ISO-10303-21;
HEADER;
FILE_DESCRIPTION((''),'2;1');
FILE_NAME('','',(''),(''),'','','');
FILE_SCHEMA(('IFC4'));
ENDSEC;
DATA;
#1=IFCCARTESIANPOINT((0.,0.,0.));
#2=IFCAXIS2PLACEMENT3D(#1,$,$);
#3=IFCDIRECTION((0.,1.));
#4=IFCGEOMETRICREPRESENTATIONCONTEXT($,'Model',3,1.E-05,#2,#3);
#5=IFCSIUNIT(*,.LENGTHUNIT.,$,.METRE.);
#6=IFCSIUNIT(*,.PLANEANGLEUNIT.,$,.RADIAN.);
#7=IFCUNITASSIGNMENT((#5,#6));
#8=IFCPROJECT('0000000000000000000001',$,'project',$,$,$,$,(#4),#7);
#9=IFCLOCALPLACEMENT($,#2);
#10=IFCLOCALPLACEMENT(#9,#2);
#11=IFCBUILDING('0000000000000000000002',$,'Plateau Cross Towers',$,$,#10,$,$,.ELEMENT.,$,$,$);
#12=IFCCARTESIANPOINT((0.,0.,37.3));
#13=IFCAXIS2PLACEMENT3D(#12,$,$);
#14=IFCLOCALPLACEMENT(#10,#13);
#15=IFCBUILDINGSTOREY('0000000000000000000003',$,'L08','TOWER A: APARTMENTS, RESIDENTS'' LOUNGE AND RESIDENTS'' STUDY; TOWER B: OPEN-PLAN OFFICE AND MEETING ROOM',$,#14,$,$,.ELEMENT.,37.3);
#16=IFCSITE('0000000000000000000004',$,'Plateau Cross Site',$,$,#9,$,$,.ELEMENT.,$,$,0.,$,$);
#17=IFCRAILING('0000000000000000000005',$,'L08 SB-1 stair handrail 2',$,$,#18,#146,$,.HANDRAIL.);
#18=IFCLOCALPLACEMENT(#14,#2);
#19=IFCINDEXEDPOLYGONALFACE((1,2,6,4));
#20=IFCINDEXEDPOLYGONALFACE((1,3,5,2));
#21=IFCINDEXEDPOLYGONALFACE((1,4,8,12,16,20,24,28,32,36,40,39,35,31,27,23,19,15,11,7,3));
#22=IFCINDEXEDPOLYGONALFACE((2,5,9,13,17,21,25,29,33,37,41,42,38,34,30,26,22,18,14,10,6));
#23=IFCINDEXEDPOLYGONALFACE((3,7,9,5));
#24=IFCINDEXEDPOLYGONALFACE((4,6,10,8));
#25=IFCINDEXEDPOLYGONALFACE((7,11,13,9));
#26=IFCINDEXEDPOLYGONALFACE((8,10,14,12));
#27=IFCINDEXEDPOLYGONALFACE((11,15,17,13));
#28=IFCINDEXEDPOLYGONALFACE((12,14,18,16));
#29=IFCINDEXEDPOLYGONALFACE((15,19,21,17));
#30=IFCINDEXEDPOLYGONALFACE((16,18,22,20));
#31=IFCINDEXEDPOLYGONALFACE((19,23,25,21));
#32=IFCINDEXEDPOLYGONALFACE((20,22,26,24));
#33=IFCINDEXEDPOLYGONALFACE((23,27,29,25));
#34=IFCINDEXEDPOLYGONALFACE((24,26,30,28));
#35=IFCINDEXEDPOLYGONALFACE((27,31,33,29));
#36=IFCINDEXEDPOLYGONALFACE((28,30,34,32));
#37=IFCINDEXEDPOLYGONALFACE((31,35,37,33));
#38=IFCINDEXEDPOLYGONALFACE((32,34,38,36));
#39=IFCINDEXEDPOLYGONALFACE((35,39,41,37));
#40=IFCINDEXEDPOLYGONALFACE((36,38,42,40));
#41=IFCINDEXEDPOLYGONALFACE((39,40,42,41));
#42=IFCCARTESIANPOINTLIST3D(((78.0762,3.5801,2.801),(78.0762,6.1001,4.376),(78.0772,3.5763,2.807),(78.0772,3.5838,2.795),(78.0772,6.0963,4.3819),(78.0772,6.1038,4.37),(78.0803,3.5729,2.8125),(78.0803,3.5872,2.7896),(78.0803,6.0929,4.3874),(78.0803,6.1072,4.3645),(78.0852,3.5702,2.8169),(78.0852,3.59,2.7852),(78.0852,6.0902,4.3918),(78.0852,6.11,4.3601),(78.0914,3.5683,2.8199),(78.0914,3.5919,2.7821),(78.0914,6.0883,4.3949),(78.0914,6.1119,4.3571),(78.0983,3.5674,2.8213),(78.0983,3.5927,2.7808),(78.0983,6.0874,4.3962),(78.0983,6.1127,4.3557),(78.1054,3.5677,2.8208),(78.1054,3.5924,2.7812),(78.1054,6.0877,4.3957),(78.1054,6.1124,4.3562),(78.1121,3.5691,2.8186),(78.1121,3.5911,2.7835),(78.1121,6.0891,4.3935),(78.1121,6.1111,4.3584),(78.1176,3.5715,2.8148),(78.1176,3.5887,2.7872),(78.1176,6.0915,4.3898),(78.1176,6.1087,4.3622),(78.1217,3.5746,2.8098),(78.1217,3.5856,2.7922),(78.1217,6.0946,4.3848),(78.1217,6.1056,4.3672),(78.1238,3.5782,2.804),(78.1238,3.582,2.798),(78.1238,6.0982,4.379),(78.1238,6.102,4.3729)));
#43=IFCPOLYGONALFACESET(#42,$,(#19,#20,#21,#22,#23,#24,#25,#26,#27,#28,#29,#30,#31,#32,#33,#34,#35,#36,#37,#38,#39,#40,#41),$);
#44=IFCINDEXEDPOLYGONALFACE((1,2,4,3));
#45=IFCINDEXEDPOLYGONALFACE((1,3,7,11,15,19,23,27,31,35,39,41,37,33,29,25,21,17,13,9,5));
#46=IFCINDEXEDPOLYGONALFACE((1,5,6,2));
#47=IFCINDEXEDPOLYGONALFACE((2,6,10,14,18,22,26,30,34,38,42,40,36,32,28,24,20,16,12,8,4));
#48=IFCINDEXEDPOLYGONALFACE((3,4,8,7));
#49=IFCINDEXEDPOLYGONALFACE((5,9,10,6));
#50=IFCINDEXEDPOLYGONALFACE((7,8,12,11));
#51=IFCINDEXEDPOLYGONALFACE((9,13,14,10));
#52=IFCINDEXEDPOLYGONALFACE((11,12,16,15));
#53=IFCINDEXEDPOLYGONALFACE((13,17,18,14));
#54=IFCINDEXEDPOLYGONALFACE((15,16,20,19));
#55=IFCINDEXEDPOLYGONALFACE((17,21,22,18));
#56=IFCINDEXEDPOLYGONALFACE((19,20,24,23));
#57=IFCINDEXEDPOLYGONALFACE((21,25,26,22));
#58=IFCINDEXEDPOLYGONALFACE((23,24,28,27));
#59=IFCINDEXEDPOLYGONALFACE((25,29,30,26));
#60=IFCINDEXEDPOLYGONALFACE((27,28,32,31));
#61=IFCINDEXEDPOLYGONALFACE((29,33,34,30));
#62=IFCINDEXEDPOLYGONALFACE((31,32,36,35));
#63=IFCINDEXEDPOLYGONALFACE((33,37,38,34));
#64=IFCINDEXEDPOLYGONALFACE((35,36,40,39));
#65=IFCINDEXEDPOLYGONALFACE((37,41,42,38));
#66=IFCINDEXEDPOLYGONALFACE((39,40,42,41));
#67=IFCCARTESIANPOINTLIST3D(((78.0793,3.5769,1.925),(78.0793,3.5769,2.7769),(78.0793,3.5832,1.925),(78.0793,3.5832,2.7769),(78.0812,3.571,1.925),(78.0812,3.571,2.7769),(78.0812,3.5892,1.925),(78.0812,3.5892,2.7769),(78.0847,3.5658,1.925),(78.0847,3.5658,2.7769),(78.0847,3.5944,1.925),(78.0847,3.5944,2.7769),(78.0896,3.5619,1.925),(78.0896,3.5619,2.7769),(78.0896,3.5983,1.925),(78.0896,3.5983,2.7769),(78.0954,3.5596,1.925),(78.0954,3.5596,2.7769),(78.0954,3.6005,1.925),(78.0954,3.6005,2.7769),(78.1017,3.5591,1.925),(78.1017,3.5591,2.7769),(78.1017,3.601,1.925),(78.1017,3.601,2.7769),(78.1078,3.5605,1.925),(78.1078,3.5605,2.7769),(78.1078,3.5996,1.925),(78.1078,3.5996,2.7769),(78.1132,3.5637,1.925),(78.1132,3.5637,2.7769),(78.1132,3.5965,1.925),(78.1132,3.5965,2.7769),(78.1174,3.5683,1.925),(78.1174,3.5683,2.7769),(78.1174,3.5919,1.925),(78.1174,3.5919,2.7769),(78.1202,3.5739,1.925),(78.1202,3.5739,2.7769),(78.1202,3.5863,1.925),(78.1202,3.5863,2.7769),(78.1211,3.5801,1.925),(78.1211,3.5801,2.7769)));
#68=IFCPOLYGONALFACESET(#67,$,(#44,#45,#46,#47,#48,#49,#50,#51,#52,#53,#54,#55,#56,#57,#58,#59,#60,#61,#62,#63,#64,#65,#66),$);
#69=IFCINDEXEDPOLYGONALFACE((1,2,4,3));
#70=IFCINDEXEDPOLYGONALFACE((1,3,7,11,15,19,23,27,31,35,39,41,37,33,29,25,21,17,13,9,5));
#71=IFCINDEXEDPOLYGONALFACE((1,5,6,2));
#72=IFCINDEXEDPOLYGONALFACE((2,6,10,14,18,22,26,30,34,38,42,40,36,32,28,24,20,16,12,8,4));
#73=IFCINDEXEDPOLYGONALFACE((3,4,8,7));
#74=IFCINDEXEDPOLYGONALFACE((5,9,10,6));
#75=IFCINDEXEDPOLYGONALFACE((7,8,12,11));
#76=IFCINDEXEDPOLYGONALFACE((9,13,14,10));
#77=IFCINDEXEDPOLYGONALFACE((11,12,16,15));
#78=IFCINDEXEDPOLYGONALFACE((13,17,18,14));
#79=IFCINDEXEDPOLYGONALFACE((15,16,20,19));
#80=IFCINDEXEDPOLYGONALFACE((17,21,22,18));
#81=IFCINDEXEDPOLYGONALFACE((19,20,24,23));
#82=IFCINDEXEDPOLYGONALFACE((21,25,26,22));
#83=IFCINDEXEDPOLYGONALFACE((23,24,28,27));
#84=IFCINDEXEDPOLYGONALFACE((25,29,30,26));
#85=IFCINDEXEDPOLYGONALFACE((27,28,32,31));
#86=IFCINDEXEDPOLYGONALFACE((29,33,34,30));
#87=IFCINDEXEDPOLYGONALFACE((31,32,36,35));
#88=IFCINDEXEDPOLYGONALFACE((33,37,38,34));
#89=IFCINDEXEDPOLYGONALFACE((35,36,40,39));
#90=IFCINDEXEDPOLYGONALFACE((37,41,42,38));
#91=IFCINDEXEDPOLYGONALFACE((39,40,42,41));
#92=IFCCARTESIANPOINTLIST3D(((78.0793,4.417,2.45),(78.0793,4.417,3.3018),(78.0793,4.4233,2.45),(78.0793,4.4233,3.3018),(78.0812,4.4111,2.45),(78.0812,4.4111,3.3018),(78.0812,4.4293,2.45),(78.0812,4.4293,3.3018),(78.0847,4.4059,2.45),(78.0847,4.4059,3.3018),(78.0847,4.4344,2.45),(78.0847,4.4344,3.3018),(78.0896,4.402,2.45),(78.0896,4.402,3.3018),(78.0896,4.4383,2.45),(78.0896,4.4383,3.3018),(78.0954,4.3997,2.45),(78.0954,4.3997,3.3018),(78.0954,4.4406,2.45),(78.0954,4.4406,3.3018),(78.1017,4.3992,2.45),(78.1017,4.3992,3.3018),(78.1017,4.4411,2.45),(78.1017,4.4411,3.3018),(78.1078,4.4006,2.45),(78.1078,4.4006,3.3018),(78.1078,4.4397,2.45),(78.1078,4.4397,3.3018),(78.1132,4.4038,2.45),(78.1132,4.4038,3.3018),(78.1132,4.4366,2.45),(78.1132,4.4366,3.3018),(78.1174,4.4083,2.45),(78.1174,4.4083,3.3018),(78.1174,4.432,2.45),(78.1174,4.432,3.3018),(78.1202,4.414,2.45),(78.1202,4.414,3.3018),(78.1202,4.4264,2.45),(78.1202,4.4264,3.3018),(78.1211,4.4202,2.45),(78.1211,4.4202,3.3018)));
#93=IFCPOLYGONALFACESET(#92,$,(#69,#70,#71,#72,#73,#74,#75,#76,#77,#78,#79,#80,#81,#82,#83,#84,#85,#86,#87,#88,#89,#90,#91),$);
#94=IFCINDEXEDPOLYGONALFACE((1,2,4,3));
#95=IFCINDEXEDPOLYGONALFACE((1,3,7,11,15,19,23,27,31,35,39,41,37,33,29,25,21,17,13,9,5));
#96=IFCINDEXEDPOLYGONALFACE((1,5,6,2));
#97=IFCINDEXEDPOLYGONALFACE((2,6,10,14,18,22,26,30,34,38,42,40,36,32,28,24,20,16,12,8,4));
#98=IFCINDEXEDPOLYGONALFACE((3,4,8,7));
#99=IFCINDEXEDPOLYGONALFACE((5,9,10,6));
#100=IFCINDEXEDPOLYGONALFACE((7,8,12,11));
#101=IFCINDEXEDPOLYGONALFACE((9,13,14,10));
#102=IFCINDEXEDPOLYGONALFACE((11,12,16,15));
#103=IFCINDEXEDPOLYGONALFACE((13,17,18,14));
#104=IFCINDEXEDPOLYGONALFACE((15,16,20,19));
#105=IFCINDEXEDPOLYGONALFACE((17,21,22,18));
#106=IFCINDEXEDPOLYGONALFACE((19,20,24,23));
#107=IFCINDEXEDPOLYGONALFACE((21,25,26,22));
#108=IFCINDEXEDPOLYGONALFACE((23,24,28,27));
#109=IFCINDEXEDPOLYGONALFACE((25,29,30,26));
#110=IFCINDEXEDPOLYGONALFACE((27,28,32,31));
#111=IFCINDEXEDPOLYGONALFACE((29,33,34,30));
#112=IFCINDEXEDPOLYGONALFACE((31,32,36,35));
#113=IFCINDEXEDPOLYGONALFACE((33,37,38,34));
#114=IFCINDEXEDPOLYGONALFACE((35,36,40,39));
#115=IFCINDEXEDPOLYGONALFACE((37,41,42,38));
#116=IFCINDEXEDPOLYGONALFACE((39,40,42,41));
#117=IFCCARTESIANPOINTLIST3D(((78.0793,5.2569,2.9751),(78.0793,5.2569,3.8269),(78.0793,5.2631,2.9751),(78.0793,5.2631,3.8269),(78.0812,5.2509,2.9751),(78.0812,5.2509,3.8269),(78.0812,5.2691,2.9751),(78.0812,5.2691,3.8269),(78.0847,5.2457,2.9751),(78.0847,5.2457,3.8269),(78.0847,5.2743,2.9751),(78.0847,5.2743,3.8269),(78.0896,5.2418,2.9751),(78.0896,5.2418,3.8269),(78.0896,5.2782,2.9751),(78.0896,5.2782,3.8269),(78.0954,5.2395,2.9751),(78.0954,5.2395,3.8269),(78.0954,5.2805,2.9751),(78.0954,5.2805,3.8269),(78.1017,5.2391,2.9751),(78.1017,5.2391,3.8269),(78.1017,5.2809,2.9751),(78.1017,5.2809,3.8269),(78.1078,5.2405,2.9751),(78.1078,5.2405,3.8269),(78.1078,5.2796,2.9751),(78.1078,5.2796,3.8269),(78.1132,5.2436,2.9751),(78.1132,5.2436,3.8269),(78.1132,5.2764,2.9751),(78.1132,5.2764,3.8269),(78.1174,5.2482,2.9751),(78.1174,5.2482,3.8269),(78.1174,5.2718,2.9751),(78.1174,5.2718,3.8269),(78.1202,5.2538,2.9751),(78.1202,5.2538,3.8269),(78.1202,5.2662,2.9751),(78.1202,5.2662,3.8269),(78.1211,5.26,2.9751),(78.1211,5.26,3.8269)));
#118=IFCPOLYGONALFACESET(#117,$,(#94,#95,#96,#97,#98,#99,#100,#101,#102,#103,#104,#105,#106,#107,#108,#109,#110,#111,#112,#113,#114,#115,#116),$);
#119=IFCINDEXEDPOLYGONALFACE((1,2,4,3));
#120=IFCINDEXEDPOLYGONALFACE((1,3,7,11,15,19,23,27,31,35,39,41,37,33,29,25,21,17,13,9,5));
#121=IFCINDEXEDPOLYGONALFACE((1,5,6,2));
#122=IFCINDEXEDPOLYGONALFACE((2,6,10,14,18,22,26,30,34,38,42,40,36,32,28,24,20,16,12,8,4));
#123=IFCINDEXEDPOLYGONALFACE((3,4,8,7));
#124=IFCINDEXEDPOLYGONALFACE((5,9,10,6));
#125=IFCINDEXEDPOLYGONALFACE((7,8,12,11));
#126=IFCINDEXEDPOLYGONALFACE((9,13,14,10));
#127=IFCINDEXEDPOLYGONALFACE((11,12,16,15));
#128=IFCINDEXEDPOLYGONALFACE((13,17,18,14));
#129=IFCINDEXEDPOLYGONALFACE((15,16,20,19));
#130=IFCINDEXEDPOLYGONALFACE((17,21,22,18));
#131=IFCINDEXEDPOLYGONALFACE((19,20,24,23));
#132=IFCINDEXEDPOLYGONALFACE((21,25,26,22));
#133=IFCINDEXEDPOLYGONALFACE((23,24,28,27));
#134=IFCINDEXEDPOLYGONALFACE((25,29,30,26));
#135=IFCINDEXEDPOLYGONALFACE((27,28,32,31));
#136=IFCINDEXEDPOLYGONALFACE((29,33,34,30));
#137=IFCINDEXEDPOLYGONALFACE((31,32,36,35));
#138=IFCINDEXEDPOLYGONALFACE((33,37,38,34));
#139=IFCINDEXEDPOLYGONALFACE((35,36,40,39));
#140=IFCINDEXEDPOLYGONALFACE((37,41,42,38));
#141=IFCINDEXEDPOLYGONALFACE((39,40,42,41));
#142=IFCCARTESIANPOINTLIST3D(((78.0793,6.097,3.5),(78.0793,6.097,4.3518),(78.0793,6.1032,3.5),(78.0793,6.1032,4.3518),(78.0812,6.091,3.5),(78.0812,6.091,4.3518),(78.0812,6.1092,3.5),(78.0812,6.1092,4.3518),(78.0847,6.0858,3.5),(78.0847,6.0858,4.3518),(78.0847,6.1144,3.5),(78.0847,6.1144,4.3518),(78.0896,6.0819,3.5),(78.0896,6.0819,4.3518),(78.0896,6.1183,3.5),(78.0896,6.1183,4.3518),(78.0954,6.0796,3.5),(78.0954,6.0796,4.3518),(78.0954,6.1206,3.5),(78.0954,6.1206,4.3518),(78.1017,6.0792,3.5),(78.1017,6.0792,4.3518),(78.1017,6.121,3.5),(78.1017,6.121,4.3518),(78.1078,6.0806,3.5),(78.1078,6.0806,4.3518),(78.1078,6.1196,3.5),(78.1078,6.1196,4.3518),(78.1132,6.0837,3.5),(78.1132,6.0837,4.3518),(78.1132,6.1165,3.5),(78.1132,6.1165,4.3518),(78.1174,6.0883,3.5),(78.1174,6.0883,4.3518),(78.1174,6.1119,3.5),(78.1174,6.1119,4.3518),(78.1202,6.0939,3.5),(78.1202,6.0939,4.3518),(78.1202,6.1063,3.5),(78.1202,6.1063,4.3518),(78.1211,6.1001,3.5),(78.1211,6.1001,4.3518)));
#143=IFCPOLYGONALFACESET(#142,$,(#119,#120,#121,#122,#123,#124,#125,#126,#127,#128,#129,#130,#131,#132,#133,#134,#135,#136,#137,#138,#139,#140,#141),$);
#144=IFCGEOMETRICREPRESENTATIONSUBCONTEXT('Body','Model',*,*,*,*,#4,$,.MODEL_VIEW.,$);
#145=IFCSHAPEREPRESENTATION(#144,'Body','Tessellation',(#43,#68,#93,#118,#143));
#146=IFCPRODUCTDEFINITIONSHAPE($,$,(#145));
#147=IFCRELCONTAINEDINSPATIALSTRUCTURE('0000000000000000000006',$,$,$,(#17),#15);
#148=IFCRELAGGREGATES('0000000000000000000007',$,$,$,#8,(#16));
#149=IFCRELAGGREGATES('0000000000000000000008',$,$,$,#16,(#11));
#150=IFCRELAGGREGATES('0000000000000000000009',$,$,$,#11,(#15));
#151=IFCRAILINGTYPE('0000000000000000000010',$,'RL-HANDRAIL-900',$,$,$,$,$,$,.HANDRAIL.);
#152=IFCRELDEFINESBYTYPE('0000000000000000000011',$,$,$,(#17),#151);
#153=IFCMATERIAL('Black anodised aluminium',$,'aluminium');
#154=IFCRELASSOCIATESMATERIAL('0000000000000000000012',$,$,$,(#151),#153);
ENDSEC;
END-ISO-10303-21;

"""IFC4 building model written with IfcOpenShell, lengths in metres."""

from ifc_helpers import new_model, si_unit, direction, frame, origin, origin_2d, place, context, subcontext, project, spatial, circle, extrude, material, type_object, element, save


model = new_model("IFC4")

# Units and contexts
model_context = context("Model", 3, precision=1e-05, world=origin(), true_north=direction((0.0, 1.0)))
body_context = subcontext(model_context, "Body", "Model", "MODEL_VIEW")
ifc_project = project(units=[si_unit("LENGTHUNIT", "METRE"), si_unit("PLANEANGLEUNIT", "RADIAN")], contexts=[model_context])

# Site, building, storey
site_placement = place(None, origin())
site = spatial("IfcSite", under=ifc_project, at=site_placement, Name="Plateau Cross Site", CompositionType="ELEMENT", RefElevation=0.0)
building_placement = place(site_placement, origin())
building = spatial("IfcBuilding", under=site, at=building_placement, Name="Plateau Cross Towers", CompositionType="ELEMENT")
storey_placement = place(building_placement, frame((0.0, 0.0, 37.3)))
storey = spatial("IfcBuildingStorey", under=building, at=storey_placement, Name="L08", Description="TOWER A: APARTMENTS, RESIDENTS' LOUNGE AND RESIDENTS' STUDY; TOWER B: OPEN-PLAN OFFICE AND MEETING ROOM", CompositionType="ELEMENT", Elevation=37.3)

# Shared definitions
ifc_material_1 = material(Name="Black anodised aluminium", Category="aluminium")

# Railing
railing_type_1 = type_object("IfcRailingType", Name="RL-HANDRAIL-900", PredefinedType="HANDRAIL", material=ifc_material_1)
railing_1_placement = place(storey_placement, frame((78.1001, 3.5801, 1.925)))
element("IfcRailing", 1, at=railing_1_placement, inside=storey, type_object=railing_type_1, Name="L08 SB-1 stair handrail 2", PredefinedType="HANDRAIL", context=body_context, shape_type="SweptSolid", body=[
    extrude(circle(Radius=0.0239, at=origin_2d()), frame((0.0, 0.0, 0.876), z_axis=(0.0, 0.848008, 0.529984), x_axis=(-1.0, 0.0, 0.0)), (0.0, 0.0, 1.0), 2.9717),
    extrude(circle(Radius=0.021, at=origin_2d()), origin(), (0.0, 0.0, 1.0), 0.8518),
    extrude(circle(Radius=0.021, at=origin_2d()), frame((0.0, 0.8401, 0.5249)), (0.0, 0.0, 1.0), 0.8518),
    extrude(circle(Radius=0.021, at=origin_2d()), frame((0.0, 1.6799, 1.05)), (0.0, 0.0, 1.0), 0.8518),
    extrude(circle(Radius=0.021, at=origin_2d()), frame((0.0, 2.52, 1.575)), (0.0, 0.0, 1.0), 0.8518),
])

save(model, "model.ifc")
